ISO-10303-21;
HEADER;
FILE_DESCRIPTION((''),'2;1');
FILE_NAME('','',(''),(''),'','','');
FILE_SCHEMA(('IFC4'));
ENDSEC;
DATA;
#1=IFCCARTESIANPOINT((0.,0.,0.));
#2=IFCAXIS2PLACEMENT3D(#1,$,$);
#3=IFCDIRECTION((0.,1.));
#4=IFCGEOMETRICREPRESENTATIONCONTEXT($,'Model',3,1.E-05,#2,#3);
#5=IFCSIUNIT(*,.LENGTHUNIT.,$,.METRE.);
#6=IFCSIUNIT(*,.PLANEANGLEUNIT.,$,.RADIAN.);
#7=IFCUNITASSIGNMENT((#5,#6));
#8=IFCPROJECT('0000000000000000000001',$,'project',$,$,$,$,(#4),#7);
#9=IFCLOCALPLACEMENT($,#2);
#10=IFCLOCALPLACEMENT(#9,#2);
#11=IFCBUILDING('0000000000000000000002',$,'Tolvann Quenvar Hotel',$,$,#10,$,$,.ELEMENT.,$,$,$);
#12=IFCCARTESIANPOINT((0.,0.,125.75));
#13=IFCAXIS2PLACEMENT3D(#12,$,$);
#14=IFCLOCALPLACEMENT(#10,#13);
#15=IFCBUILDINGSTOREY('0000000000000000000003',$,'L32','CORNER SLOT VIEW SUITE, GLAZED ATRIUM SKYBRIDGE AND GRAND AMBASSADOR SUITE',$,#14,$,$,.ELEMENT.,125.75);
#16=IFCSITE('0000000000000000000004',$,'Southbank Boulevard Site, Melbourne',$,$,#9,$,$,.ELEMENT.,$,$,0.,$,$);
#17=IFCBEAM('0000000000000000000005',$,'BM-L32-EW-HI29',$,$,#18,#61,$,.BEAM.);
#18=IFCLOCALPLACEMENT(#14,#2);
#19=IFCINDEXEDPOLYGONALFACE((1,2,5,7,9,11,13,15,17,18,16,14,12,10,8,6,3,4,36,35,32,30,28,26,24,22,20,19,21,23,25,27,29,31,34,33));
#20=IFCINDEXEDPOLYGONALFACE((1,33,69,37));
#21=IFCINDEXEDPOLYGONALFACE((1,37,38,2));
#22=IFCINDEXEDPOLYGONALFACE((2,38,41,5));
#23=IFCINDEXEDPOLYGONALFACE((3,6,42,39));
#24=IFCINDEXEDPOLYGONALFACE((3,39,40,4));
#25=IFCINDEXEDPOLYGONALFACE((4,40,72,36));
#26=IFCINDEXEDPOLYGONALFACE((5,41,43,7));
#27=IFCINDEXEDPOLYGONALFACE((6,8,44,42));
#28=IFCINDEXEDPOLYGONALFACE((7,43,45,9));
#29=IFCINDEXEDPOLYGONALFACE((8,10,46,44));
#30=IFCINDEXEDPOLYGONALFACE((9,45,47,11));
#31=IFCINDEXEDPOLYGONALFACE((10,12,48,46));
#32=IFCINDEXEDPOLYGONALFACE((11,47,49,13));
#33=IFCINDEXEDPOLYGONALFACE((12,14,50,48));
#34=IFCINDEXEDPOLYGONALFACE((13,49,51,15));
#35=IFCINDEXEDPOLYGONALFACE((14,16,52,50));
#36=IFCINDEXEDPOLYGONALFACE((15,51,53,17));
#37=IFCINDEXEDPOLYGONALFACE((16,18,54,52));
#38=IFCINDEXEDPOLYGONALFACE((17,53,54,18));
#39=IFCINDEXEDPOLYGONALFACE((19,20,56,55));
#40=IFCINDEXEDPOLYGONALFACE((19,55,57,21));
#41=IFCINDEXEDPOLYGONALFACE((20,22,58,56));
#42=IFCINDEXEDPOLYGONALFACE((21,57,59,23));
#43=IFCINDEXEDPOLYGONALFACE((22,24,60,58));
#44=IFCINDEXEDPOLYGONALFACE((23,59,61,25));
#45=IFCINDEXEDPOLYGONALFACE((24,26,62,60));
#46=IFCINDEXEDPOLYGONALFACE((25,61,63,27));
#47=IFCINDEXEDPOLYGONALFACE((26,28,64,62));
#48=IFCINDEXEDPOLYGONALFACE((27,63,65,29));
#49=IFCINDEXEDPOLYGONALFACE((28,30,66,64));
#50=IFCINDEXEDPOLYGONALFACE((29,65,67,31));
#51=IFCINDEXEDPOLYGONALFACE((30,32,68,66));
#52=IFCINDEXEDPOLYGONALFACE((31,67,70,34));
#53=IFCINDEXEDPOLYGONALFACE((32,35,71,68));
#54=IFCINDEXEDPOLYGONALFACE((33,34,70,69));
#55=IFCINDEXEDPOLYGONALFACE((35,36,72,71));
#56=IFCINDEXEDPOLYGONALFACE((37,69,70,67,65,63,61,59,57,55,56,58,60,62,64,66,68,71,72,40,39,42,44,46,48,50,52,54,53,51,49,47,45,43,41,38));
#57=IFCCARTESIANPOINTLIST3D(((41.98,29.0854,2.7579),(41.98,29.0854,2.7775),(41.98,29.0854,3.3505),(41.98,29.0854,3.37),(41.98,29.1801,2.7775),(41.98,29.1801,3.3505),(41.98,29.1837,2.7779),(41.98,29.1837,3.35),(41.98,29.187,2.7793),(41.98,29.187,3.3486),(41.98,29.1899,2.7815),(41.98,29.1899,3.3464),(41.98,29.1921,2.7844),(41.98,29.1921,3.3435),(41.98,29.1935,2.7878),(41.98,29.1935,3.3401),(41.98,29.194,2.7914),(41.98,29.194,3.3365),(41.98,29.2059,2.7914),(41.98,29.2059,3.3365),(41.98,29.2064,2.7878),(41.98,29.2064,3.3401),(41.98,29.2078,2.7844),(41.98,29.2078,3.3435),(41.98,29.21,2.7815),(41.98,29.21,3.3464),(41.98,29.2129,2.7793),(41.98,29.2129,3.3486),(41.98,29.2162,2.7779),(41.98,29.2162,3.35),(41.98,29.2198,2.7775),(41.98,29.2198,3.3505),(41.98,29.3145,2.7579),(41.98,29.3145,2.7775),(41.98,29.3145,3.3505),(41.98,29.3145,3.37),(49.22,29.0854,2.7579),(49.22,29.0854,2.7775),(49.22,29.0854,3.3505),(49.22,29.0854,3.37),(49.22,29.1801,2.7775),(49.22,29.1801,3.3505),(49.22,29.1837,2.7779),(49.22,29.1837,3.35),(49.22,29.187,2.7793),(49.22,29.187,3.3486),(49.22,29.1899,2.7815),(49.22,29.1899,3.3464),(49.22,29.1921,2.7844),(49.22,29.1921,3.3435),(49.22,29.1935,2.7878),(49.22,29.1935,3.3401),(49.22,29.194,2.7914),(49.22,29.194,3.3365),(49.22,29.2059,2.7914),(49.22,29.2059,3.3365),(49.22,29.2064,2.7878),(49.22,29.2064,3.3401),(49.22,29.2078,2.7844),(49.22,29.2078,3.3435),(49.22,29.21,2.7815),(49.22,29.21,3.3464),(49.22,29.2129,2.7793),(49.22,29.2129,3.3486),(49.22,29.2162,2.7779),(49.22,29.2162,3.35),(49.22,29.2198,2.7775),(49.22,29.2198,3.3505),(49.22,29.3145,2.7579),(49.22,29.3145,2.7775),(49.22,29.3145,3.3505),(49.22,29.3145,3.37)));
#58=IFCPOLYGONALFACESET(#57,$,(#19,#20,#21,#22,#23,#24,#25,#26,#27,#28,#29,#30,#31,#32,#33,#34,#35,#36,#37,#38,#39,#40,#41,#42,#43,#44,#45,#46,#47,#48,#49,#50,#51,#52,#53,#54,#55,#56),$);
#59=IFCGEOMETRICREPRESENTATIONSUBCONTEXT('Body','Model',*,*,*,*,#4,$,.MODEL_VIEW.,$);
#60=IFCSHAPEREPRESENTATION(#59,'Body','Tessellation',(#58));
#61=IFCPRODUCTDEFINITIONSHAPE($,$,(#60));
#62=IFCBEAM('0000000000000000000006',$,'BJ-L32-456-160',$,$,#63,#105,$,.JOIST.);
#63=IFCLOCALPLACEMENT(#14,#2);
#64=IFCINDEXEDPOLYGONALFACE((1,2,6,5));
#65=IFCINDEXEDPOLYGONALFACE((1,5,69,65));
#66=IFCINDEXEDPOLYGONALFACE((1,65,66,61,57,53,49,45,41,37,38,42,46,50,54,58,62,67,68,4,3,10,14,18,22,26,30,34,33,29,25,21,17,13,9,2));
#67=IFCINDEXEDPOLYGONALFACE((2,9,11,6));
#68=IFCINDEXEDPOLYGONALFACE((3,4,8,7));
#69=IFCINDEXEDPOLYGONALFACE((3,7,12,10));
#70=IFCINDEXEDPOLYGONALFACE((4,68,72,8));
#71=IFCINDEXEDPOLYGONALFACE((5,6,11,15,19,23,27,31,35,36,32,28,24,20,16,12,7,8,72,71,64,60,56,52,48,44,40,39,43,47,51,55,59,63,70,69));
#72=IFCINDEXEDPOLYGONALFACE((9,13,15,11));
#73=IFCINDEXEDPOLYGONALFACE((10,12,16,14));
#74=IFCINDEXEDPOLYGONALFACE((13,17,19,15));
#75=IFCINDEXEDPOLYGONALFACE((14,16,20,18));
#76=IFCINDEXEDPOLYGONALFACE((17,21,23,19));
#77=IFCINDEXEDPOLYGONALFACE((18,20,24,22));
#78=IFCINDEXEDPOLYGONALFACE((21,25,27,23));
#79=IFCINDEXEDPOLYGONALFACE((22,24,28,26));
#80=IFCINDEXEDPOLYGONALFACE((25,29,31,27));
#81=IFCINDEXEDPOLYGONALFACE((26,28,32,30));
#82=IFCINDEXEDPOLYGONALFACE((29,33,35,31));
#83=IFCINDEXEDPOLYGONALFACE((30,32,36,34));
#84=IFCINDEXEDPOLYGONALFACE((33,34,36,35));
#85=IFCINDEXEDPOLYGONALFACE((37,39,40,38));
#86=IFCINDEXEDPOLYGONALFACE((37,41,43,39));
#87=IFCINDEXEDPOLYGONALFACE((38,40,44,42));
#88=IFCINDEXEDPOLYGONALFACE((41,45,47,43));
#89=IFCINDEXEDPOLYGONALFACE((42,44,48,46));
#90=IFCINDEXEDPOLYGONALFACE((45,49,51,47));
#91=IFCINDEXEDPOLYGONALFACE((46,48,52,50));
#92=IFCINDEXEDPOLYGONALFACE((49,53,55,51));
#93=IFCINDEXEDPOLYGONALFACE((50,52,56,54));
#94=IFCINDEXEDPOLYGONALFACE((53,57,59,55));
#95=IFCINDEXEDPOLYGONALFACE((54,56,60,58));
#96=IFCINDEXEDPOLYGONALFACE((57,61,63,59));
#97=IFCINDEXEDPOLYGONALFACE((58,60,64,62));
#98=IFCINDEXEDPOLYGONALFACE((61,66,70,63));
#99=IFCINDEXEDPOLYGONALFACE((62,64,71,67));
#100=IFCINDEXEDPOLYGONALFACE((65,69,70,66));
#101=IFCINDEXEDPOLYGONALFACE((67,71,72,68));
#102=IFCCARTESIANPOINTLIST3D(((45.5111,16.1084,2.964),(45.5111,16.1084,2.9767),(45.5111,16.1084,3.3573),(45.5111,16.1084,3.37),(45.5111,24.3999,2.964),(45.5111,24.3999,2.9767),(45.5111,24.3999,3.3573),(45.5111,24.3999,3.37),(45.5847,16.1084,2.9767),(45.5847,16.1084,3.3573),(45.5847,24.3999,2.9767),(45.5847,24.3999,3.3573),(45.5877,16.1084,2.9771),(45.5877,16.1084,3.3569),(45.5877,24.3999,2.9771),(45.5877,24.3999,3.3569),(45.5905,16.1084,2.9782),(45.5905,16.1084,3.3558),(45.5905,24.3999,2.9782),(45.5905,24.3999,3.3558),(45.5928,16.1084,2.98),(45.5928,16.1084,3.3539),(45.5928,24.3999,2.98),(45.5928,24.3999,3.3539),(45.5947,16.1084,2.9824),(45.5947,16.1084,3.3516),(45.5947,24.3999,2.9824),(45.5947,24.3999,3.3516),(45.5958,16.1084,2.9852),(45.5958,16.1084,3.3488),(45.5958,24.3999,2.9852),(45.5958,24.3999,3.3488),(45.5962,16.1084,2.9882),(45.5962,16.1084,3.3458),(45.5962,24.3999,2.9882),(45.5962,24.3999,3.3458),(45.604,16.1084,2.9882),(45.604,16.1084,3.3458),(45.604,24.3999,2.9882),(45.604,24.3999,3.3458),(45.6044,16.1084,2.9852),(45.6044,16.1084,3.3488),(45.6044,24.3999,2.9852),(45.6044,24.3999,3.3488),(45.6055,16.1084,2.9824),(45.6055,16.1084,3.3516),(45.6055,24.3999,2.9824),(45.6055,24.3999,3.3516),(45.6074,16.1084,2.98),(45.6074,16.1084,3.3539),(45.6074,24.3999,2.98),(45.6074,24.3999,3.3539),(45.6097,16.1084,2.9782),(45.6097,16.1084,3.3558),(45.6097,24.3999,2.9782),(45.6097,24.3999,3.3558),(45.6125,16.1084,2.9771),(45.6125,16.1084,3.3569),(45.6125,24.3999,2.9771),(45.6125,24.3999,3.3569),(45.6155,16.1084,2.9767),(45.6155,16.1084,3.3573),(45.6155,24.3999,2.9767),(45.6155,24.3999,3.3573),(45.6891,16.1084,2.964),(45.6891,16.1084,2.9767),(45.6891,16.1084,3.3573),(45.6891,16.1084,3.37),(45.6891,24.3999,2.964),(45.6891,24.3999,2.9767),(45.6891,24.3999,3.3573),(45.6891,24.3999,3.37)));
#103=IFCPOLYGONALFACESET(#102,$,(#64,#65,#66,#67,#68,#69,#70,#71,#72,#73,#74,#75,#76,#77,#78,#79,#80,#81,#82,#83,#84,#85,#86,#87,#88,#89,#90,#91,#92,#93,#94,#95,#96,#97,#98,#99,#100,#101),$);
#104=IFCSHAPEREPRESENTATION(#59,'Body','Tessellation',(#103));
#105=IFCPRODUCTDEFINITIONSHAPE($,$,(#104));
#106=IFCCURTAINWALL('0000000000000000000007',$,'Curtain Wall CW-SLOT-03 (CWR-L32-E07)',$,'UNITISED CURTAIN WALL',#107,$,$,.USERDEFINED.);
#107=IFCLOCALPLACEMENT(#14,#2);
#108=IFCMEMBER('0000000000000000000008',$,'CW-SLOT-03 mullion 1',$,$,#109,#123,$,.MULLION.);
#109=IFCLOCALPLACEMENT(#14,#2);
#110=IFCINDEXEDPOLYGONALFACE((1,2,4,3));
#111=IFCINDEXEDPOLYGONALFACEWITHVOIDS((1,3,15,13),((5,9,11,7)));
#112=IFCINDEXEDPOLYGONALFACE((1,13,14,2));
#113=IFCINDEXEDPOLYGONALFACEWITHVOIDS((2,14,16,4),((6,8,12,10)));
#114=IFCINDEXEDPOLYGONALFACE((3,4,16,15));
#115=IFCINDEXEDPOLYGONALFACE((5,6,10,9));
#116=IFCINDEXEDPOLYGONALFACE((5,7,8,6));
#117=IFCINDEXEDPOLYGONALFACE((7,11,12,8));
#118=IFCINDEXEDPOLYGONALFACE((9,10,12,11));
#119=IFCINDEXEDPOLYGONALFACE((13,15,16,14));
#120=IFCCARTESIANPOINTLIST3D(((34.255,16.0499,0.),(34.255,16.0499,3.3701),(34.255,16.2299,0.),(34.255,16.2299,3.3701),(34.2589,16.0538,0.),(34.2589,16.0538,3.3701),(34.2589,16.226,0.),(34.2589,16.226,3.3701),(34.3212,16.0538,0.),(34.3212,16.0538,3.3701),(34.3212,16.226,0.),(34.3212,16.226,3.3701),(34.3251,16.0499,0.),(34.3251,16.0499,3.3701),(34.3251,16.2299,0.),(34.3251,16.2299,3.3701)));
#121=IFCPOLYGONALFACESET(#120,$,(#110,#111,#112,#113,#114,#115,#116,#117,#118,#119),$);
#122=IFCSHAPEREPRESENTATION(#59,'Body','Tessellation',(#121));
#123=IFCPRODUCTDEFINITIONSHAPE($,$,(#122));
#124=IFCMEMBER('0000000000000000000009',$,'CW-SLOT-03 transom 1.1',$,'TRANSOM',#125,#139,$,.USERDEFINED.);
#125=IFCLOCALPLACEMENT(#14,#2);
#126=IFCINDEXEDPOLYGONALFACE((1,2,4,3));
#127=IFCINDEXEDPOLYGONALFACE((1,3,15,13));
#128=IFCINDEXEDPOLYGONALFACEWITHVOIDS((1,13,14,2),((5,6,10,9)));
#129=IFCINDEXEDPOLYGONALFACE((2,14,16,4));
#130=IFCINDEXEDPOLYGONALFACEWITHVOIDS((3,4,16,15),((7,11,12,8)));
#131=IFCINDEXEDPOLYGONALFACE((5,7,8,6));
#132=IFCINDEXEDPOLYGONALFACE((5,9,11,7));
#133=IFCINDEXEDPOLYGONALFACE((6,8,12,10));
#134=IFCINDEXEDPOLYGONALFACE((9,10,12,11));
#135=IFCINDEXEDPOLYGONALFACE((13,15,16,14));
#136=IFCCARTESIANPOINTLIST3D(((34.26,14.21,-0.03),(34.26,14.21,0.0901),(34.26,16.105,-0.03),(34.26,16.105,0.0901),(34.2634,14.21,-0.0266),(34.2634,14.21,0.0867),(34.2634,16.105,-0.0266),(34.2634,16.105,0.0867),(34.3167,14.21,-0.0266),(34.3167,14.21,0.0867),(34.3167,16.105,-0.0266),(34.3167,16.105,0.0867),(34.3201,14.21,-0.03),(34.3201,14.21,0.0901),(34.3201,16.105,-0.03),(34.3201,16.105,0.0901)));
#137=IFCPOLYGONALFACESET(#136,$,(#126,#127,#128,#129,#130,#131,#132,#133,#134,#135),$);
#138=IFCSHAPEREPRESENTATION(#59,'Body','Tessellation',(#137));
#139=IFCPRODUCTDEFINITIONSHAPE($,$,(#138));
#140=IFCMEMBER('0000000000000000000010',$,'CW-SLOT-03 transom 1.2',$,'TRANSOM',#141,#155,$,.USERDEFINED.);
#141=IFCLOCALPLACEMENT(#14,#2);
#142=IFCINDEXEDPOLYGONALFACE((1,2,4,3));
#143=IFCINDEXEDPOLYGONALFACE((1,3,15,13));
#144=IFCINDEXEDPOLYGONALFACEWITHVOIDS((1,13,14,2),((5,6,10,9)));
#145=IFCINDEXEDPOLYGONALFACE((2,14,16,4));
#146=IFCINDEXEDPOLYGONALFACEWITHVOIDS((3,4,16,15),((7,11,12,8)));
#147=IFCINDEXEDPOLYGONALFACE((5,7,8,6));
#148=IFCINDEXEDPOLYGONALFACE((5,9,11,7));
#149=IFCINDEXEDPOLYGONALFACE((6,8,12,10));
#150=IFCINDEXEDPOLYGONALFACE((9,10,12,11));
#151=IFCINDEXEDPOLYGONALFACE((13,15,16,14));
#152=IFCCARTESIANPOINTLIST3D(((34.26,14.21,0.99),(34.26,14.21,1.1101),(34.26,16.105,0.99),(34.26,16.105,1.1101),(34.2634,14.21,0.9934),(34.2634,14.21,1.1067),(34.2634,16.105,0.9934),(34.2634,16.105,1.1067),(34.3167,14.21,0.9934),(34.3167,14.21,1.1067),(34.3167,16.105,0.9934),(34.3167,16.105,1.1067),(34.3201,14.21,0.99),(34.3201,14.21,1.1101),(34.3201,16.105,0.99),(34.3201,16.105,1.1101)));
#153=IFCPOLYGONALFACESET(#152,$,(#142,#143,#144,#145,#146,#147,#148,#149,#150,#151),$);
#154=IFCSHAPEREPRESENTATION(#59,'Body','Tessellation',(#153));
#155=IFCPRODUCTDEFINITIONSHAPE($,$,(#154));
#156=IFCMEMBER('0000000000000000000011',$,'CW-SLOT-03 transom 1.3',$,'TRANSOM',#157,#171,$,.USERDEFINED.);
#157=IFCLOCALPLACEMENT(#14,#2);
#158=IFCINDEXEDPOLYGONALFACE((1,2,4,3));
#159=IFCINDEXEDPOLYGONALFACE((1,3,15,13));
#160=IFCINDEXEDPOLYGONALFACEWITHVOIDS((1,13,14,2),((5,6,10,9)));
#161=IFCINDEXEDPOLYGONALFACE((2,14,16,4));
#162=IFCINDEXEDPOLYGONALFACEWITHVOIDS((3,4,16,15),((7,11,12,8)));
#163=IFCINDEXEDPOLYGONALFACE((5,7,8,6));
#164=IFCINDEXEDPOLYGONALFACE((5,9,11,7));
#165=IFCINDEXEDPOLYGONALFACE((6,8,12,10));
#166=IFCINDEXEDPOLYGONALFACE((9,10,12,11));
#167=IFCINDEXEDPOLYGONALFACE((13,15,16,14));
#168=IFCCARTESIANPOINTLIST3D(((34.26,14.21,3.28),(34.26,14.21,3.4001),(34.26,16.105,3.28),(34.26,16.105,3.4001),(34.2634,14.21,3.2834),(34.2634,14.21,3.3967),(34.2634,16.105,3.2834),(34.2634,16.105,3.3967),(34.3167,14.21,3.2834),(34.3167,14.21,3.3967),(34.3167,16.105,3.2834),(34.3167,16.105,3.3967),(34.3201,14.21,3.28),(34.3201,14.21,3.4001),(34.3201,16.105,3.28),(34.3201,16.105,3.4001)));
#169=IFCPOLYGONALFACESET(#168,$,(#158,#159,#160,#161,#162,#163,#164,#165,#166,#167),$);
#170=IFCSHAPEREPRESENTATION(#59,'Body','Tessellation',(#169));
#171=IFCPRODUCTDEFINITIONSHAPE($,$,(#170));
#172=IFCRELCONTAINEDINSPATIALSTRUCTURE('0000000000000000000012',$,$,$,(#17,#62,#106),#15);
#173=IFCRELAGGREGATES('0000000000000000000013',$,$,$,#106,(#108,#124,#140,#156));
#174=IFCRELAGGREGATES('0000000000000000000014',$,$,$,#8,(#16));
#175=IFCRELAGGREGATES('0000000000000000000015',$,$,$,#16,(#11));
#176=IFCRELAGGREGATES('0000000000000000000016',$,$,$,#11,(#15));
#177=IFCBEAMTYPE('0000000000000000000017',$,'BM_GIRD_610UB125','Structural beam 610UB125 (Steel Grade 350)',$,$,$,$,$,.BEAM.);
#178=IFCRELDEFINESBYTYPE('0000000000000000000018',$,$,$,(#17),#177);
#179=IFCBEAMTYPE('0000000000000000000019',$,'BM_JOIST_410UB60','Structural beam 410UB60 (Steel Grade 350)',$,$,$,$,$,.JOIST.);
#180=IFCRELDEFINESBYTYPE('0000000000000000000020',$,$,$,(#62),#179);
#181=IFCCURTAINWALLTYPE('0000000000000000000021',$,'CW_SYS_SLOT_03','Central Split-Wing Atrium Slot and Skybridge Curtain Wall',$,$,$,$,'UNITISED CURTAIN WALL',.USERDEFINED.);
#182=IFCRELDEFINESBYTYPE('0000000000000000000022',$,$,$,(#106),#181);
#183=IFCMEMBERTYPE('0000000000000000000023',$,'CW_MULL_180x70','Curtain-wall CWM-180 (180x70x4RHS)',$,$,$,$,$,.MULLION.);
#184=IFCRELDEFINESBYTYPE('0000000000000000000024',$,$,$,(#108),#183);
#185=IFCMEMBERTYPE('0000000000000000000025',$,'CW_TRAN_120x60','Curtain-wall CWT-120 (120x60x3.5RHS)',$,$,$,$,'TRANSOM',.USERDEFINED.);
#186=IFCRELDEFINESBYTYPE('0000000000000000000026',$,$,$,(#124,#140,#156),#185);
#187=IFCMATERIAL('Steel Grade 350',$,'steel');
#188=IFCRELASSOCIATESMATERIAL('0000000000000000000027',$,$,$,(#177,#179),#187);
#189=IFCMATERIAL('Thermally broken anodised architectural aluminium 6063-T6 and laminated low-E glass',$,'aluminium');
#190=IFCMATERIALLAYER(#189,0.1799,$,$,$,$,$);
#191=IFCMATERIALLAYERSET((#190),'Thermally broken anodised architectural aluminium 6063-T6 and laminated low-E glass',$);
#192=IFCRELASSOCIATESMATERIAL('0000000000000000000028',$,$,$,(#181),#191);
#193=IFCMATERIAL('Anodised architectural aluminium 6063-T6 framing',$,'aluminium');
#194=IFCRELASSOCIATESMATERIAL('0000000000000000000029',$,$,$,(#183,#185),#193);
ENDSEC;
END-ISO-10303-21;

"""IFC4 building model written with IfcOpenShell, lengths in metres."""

from ifc_helpers import new_model, si_unit, direction, frame, origin, origin_2d, place, context, subcontext, project, spatial, hollow_rectangle, i_section, extrude, source, transform, mapped, material, layer, layer_set, material_profile, profile_set, type_object, type_shapes, element, aggregate, save


model = new_model("IFC4")

# Units and contexts
model_context = context("Model", 3, precision=1e-05, world=origin(), true_north=direction((0.0, 1.0)))
body_context = subcontext(model_context, "Body", "Model", "MODEL_VIEW")
ifc_project = project(units=[si_unit("LENGTHUNIT", "METRE"), si_unit("PLANEANGLEUNIT", "RADIAN")], contexts=[model_context])

# Site, building, storey
site_placement = place(None, origin())
site = spatial("IfcSite", under=ifc_project, at=site_placement, Name="Southbank Boulevard Site, Melbourne", CompositionType="ELEMENT", RefElevation=0.0)
building_placement = place(site_placement, origin())
building = spatial("IfcBuilding", under=site, at=building_placement, Name="Tolvann Quenvar Hotel", CompositionType="ELEMENT")
storey_placement = place(building_placement, frame((0.0, 0.0, 125.75)))
storey = spatial("IfcBuildingStorey", under=building, at=storey_placement, Name="L32", Description="CORNER SLOT VIEW SUITE, GLAZED ATRIUM SKYBRIDGE AND GRAND AMBASSADOR SUITE", CompositionType="ELEMENT", Elevation=125.75)

# Shared definitions
ifc_material_1 = material(Name="Steel Grade 350", Category="steel")

# Beams
ifc_material_profile_1 = material_profile(ifc_material_1, i_section(OverallWidth=0.229, OverallDepth=0.6121, WebThickness=0.012, FlangeThickness=0.0195, FilletRadius=0.0139, at=origin_2d()), Name="610UB125")
ifc_profile_set_1 = profile_set([ifc_material_profile_1], Name="Steel Grade 350")
beam_type_1 = type_object("IfcBeamType", Name="BM_GIRD_610UB125", Description="Structural beam 610UB125 (Steel Grade 350)", PredefinedType="BEAM", material=ifc_profile_set_1)
shared_shape_1 = source(origin(), body_context, "Body", "SweptSolid", [
    extrude(i_section(OverallWidth=0.229, OverallDepth=0.6121, WebThickness=0.012, FlangeThickness=0.0195, FilletRadius=0.0139, at=origin_2d()), origin(), (0.0, 0.0, 1.0), 7.24),
])
beam_1_placement = place(storey_placement, frame((41.98, 29.2, 3.064), z_axis=(1.0, 0.0, 0.0), x_axis=(0.0, 1.0, 0.0)))
element("IfcBeam", 1, at=beam_1_placement, inside=storey, type_object=beam_type_1, Name="BM-L32-EW-HI29", PredefinedType="BEAM", context=body_context, shape_type="MappedRepresentation", body=[
    mapped(shared_shape_1, transform((0.0, 0.0, 0.0), x_axis=(1.0, 0.0, 0.0), y_axis=(0.0, 1.0, 0.0), z_axis=(0.0, 0.0, 1.0), scale=1.0)),
])
ifc_material_profile_2 = material_profile(ifc_material_1, i_section(OverallWidth=0.178, OverallDepth=0.406, WebThickness=0.0078, FlangeThickness=0.0127, FilletRadius=0.0115, at=origin_2d()), Name="410UB60")
ifc_profile_set_2 = profile_set([ifc_material_profile_2], Name="Steel Grade 350")
beam_type_2 = type_object("IfcBeamType", Name="BM_JOIST_410UB60", Description="Structural beam 410UB60 (Steel Grade 350)", PredefinedType="JOIST", material=ifc_profile_set_2)
shared_shape_2 = source(origin(), body_context, "Body", "SweptSolid", [
    extrude(i_section(OverallWidth=0.178, OverallDepth=0.406, WebThickness=0.0078, FlangeThickness=0.0127, FilletRadius=0.0115, at=origin_2d()), origin(), (0.0, 0.0, 1.0), 8.2915),
])
type_shapes(beam_type_2, [shared_shape_2])
beam_2_placement = place(storey_placement, frame((45.6001, 16.1084, 3.167), z_axis=(0.0, 1.0, 0.0), x_axis=(-1.0, 0.0, 0.0)))
element("IfcBeam", 2, at=beam_2_placement, inside=storey, type_object=beam_type_2, Name="BJ-L32-456-160", PredefinedType="JOIST", context=body_context, shape_type="MappedRepresentation", body=[
    mapped(shared_shape_2, transform((0.0, 0.0, 0.0), x_axis=(1.0, 0.0, 0.0), y_axis=(0.0, 1.0, 0.0), z_axis=(0.0, 0.0, 1.0), scale=1.0)),
])

# Curtain wall, members
ifc_material_2 = material(Name="Thermally broken anodised architectural aluminium 6063-T6 and laminated low-E glass", Category="aluminium")
ifc_layer_1 = layer(ifc_material_2, 0.1799)
ifc_layer_set_1 = layer_set([ifc_layer_1], Name="Thermally broken anodised architectural aluminium 6063-T6 and laminated low-E glass")
curtain_wall_type = type_object("IfcCurtainWallType", Name="CW_SYS_SLOT_03", Description="Central Split-Wing Atrium Slot and Skybridge Curtain Wall", ElementType="UNITISED CURTAIN WALL", PredefinedType="USERDEFINED", material=ifc_layer_set_1)
curtain_wall_placement = place(storey_placement, origin())
curtain_wall = element("IfcCurtainWall", 3, at=curtain_wall_placement, inside=storey, type_object=curtain_wall_type, Name="Curtain Wall CW-SLOT-03 (CWR-L32-E07)", ObjectType="UNITISED CURTAIN WALL", PredefinedType="USERDEFINED")
ifc_material_3 = material(Name="Anodised architectural aluminium 6063-T6 framing", Category="aluminium")
ifc_material_profile_3 = material_profile(ifc_material_3, hollow_rectangle(XDim=0.0701, YDim=0.1799, WallThickness=0.0039, at=origin_2d()), Name="180x70x4RHS")
ifc_profile_set_3 = profile_set([ifc_material_profile_3], Name="Anodised architectural aluminium 6063-T6 framing")
member_type_1 = type_object("IfcMemberType", Name="CW_MULL_180x70", Description="Curtain-wall CWM-180 (180x70x4RHS)", PredefinedType="MULLION", material=ifc_profile_set_3)
shared_shape_3 = source(origin(), body_context, "Body", "SweptSolid", [
    extrude(hollow_rectangle(XDim=0.0701, YDim=0.1799, WallThickness=0.0039, at=origin_2d()), origin(), (0.0, 0.0, 1.0), 3.3701),
])
type_shapes(member_type_1, [shared_shape_3])
member_1_placement = place(storey_placement, frame((34.29, 16.1399, 0.0), z_axis=(0.0, 0.0, 1.0), x_axis=(1.0, 0.0, 0.0)))
member_1 = element("IfcMember", 4, at=member_1_placement, type_object=member_type_1, Name="CW-SLOT-03 mullion 1", PredefinedType="MULLION", context=body_context, shape_type="MappedRepresentation", body=[
    mapped(shared_shape_3, transform((0.0, 0.0, 0.0), x_axis=(1.0, 0.0, 0.0), y_axis=(0.0, 1.0, 0.0), z_axis=(0.0, 0.0, 1.0), scale=1.0)),
])
ifc_material_profile_4 = material_profile(ifc_material_3, hollow_rectangle(XDim=0.0601, YDim=0.1201, WallThickness=0.0034, at=origin_2d()), Name="120x60x3.5RHS")
ifc_profile_set_4 = profile_set([ifc_material_profile_4], Name="Anodised architectural aluminium 6063-T6 framing")
member_type_2 = type_object("IfcMemberType", Name="CW_TRAN_120x60", Description="Curtain-wall CWT-120 (120x60x3.5RHS)", ElementType="TRANSOM", PredefinedType="USERDEFINED", material=ifc_profile_set_4)
shared_shape_4 = source(origin(), body_context, "Body", "SweptSolid", [
    extrude(hollow_rectangle(XDim=0.0601, YDim=0.1201, WallThickness=0.0034, at=origin_2d()), origin(), (0.0, 0.0, 1.0), 1.895),
])
type_shapes(member_type_2, [shared_shape_4])
member_2_placement = place(storey_placement, frame((34.29, 16.105, 0.03), z_axis=(0.0, -1.0, 0.0), x_axis=(1.0, 0.0, 0.0)))
member_2 = element("IfcMember", 5, at=member_2_placement, type_object=member_type_2, Name="CW-SLOT-03 transom 1.1", ObjectType="TRANSOM", PredefinedType="USERDEFINED", context=body_context, shape_type="MappedRepresentation", body=[
    mapped(shared_shape_4, transform((0.0, 0.0, 0.0), x_axis=(1.0, 0.0, 0.0), y_axis=(0.0, 1.0, 0.0), z_axis=(0.0, 0.0, 1.0), scale=1.0)),
])
member_3_placement = place(storey_placement, frame((34.29, 16.105, 1.05), z_axis=(0.0, -1.0, 0.0), x_axis=(1.0, 0.0, 0.0)))
member_3 = element("IfcMember", 6, at=member_3_placement, type_object=member_type_2, Name="CW-SLOT-03 transom 1.2", ObjectType="TRANSOM", PredefinedType="USERDEFINED", context=body_context, shape_type="MappedRepresentation", body=[
    mapped(shared_shape_4, transform((0.0, 0.0, 0.0), x_axis=(1.0, 0.0, 0.0), y_axis=(0.0, 1.0, 0.0), z_axis=(0.0, 0.0, 1.0), scale=1.0)),
])
member_4_placement = place(storey_placement, frame((34.29, 16.105, 3.3401), z_axis=(0.0, -1.0, 0.0), x_axis=(1.0, 0.0, 0.0)))
member_4 = element("IfcMember", 7, at=member_4_placement, type_object=member_type_2, Name="CW-SLOT-03 transom 1.3", ObjectType="TRANSOM", PredefinedType="USERDEFINED", context=body_context, shape_type="MappedRepresentation", body=[
    mapped(shared_shape_4, transform((0.0, 0.0, 0.0), x_axis=(1.0, 0.0, 0.0), y_axis=(0.0, 1.0, 0.0), z_axis=(0.0, 0.0, 1.0), scale=1.0)),
])
aggregate(curtain_wall, [member_1, member_2, member_3, member_4])

save(model, "model.ifc")
